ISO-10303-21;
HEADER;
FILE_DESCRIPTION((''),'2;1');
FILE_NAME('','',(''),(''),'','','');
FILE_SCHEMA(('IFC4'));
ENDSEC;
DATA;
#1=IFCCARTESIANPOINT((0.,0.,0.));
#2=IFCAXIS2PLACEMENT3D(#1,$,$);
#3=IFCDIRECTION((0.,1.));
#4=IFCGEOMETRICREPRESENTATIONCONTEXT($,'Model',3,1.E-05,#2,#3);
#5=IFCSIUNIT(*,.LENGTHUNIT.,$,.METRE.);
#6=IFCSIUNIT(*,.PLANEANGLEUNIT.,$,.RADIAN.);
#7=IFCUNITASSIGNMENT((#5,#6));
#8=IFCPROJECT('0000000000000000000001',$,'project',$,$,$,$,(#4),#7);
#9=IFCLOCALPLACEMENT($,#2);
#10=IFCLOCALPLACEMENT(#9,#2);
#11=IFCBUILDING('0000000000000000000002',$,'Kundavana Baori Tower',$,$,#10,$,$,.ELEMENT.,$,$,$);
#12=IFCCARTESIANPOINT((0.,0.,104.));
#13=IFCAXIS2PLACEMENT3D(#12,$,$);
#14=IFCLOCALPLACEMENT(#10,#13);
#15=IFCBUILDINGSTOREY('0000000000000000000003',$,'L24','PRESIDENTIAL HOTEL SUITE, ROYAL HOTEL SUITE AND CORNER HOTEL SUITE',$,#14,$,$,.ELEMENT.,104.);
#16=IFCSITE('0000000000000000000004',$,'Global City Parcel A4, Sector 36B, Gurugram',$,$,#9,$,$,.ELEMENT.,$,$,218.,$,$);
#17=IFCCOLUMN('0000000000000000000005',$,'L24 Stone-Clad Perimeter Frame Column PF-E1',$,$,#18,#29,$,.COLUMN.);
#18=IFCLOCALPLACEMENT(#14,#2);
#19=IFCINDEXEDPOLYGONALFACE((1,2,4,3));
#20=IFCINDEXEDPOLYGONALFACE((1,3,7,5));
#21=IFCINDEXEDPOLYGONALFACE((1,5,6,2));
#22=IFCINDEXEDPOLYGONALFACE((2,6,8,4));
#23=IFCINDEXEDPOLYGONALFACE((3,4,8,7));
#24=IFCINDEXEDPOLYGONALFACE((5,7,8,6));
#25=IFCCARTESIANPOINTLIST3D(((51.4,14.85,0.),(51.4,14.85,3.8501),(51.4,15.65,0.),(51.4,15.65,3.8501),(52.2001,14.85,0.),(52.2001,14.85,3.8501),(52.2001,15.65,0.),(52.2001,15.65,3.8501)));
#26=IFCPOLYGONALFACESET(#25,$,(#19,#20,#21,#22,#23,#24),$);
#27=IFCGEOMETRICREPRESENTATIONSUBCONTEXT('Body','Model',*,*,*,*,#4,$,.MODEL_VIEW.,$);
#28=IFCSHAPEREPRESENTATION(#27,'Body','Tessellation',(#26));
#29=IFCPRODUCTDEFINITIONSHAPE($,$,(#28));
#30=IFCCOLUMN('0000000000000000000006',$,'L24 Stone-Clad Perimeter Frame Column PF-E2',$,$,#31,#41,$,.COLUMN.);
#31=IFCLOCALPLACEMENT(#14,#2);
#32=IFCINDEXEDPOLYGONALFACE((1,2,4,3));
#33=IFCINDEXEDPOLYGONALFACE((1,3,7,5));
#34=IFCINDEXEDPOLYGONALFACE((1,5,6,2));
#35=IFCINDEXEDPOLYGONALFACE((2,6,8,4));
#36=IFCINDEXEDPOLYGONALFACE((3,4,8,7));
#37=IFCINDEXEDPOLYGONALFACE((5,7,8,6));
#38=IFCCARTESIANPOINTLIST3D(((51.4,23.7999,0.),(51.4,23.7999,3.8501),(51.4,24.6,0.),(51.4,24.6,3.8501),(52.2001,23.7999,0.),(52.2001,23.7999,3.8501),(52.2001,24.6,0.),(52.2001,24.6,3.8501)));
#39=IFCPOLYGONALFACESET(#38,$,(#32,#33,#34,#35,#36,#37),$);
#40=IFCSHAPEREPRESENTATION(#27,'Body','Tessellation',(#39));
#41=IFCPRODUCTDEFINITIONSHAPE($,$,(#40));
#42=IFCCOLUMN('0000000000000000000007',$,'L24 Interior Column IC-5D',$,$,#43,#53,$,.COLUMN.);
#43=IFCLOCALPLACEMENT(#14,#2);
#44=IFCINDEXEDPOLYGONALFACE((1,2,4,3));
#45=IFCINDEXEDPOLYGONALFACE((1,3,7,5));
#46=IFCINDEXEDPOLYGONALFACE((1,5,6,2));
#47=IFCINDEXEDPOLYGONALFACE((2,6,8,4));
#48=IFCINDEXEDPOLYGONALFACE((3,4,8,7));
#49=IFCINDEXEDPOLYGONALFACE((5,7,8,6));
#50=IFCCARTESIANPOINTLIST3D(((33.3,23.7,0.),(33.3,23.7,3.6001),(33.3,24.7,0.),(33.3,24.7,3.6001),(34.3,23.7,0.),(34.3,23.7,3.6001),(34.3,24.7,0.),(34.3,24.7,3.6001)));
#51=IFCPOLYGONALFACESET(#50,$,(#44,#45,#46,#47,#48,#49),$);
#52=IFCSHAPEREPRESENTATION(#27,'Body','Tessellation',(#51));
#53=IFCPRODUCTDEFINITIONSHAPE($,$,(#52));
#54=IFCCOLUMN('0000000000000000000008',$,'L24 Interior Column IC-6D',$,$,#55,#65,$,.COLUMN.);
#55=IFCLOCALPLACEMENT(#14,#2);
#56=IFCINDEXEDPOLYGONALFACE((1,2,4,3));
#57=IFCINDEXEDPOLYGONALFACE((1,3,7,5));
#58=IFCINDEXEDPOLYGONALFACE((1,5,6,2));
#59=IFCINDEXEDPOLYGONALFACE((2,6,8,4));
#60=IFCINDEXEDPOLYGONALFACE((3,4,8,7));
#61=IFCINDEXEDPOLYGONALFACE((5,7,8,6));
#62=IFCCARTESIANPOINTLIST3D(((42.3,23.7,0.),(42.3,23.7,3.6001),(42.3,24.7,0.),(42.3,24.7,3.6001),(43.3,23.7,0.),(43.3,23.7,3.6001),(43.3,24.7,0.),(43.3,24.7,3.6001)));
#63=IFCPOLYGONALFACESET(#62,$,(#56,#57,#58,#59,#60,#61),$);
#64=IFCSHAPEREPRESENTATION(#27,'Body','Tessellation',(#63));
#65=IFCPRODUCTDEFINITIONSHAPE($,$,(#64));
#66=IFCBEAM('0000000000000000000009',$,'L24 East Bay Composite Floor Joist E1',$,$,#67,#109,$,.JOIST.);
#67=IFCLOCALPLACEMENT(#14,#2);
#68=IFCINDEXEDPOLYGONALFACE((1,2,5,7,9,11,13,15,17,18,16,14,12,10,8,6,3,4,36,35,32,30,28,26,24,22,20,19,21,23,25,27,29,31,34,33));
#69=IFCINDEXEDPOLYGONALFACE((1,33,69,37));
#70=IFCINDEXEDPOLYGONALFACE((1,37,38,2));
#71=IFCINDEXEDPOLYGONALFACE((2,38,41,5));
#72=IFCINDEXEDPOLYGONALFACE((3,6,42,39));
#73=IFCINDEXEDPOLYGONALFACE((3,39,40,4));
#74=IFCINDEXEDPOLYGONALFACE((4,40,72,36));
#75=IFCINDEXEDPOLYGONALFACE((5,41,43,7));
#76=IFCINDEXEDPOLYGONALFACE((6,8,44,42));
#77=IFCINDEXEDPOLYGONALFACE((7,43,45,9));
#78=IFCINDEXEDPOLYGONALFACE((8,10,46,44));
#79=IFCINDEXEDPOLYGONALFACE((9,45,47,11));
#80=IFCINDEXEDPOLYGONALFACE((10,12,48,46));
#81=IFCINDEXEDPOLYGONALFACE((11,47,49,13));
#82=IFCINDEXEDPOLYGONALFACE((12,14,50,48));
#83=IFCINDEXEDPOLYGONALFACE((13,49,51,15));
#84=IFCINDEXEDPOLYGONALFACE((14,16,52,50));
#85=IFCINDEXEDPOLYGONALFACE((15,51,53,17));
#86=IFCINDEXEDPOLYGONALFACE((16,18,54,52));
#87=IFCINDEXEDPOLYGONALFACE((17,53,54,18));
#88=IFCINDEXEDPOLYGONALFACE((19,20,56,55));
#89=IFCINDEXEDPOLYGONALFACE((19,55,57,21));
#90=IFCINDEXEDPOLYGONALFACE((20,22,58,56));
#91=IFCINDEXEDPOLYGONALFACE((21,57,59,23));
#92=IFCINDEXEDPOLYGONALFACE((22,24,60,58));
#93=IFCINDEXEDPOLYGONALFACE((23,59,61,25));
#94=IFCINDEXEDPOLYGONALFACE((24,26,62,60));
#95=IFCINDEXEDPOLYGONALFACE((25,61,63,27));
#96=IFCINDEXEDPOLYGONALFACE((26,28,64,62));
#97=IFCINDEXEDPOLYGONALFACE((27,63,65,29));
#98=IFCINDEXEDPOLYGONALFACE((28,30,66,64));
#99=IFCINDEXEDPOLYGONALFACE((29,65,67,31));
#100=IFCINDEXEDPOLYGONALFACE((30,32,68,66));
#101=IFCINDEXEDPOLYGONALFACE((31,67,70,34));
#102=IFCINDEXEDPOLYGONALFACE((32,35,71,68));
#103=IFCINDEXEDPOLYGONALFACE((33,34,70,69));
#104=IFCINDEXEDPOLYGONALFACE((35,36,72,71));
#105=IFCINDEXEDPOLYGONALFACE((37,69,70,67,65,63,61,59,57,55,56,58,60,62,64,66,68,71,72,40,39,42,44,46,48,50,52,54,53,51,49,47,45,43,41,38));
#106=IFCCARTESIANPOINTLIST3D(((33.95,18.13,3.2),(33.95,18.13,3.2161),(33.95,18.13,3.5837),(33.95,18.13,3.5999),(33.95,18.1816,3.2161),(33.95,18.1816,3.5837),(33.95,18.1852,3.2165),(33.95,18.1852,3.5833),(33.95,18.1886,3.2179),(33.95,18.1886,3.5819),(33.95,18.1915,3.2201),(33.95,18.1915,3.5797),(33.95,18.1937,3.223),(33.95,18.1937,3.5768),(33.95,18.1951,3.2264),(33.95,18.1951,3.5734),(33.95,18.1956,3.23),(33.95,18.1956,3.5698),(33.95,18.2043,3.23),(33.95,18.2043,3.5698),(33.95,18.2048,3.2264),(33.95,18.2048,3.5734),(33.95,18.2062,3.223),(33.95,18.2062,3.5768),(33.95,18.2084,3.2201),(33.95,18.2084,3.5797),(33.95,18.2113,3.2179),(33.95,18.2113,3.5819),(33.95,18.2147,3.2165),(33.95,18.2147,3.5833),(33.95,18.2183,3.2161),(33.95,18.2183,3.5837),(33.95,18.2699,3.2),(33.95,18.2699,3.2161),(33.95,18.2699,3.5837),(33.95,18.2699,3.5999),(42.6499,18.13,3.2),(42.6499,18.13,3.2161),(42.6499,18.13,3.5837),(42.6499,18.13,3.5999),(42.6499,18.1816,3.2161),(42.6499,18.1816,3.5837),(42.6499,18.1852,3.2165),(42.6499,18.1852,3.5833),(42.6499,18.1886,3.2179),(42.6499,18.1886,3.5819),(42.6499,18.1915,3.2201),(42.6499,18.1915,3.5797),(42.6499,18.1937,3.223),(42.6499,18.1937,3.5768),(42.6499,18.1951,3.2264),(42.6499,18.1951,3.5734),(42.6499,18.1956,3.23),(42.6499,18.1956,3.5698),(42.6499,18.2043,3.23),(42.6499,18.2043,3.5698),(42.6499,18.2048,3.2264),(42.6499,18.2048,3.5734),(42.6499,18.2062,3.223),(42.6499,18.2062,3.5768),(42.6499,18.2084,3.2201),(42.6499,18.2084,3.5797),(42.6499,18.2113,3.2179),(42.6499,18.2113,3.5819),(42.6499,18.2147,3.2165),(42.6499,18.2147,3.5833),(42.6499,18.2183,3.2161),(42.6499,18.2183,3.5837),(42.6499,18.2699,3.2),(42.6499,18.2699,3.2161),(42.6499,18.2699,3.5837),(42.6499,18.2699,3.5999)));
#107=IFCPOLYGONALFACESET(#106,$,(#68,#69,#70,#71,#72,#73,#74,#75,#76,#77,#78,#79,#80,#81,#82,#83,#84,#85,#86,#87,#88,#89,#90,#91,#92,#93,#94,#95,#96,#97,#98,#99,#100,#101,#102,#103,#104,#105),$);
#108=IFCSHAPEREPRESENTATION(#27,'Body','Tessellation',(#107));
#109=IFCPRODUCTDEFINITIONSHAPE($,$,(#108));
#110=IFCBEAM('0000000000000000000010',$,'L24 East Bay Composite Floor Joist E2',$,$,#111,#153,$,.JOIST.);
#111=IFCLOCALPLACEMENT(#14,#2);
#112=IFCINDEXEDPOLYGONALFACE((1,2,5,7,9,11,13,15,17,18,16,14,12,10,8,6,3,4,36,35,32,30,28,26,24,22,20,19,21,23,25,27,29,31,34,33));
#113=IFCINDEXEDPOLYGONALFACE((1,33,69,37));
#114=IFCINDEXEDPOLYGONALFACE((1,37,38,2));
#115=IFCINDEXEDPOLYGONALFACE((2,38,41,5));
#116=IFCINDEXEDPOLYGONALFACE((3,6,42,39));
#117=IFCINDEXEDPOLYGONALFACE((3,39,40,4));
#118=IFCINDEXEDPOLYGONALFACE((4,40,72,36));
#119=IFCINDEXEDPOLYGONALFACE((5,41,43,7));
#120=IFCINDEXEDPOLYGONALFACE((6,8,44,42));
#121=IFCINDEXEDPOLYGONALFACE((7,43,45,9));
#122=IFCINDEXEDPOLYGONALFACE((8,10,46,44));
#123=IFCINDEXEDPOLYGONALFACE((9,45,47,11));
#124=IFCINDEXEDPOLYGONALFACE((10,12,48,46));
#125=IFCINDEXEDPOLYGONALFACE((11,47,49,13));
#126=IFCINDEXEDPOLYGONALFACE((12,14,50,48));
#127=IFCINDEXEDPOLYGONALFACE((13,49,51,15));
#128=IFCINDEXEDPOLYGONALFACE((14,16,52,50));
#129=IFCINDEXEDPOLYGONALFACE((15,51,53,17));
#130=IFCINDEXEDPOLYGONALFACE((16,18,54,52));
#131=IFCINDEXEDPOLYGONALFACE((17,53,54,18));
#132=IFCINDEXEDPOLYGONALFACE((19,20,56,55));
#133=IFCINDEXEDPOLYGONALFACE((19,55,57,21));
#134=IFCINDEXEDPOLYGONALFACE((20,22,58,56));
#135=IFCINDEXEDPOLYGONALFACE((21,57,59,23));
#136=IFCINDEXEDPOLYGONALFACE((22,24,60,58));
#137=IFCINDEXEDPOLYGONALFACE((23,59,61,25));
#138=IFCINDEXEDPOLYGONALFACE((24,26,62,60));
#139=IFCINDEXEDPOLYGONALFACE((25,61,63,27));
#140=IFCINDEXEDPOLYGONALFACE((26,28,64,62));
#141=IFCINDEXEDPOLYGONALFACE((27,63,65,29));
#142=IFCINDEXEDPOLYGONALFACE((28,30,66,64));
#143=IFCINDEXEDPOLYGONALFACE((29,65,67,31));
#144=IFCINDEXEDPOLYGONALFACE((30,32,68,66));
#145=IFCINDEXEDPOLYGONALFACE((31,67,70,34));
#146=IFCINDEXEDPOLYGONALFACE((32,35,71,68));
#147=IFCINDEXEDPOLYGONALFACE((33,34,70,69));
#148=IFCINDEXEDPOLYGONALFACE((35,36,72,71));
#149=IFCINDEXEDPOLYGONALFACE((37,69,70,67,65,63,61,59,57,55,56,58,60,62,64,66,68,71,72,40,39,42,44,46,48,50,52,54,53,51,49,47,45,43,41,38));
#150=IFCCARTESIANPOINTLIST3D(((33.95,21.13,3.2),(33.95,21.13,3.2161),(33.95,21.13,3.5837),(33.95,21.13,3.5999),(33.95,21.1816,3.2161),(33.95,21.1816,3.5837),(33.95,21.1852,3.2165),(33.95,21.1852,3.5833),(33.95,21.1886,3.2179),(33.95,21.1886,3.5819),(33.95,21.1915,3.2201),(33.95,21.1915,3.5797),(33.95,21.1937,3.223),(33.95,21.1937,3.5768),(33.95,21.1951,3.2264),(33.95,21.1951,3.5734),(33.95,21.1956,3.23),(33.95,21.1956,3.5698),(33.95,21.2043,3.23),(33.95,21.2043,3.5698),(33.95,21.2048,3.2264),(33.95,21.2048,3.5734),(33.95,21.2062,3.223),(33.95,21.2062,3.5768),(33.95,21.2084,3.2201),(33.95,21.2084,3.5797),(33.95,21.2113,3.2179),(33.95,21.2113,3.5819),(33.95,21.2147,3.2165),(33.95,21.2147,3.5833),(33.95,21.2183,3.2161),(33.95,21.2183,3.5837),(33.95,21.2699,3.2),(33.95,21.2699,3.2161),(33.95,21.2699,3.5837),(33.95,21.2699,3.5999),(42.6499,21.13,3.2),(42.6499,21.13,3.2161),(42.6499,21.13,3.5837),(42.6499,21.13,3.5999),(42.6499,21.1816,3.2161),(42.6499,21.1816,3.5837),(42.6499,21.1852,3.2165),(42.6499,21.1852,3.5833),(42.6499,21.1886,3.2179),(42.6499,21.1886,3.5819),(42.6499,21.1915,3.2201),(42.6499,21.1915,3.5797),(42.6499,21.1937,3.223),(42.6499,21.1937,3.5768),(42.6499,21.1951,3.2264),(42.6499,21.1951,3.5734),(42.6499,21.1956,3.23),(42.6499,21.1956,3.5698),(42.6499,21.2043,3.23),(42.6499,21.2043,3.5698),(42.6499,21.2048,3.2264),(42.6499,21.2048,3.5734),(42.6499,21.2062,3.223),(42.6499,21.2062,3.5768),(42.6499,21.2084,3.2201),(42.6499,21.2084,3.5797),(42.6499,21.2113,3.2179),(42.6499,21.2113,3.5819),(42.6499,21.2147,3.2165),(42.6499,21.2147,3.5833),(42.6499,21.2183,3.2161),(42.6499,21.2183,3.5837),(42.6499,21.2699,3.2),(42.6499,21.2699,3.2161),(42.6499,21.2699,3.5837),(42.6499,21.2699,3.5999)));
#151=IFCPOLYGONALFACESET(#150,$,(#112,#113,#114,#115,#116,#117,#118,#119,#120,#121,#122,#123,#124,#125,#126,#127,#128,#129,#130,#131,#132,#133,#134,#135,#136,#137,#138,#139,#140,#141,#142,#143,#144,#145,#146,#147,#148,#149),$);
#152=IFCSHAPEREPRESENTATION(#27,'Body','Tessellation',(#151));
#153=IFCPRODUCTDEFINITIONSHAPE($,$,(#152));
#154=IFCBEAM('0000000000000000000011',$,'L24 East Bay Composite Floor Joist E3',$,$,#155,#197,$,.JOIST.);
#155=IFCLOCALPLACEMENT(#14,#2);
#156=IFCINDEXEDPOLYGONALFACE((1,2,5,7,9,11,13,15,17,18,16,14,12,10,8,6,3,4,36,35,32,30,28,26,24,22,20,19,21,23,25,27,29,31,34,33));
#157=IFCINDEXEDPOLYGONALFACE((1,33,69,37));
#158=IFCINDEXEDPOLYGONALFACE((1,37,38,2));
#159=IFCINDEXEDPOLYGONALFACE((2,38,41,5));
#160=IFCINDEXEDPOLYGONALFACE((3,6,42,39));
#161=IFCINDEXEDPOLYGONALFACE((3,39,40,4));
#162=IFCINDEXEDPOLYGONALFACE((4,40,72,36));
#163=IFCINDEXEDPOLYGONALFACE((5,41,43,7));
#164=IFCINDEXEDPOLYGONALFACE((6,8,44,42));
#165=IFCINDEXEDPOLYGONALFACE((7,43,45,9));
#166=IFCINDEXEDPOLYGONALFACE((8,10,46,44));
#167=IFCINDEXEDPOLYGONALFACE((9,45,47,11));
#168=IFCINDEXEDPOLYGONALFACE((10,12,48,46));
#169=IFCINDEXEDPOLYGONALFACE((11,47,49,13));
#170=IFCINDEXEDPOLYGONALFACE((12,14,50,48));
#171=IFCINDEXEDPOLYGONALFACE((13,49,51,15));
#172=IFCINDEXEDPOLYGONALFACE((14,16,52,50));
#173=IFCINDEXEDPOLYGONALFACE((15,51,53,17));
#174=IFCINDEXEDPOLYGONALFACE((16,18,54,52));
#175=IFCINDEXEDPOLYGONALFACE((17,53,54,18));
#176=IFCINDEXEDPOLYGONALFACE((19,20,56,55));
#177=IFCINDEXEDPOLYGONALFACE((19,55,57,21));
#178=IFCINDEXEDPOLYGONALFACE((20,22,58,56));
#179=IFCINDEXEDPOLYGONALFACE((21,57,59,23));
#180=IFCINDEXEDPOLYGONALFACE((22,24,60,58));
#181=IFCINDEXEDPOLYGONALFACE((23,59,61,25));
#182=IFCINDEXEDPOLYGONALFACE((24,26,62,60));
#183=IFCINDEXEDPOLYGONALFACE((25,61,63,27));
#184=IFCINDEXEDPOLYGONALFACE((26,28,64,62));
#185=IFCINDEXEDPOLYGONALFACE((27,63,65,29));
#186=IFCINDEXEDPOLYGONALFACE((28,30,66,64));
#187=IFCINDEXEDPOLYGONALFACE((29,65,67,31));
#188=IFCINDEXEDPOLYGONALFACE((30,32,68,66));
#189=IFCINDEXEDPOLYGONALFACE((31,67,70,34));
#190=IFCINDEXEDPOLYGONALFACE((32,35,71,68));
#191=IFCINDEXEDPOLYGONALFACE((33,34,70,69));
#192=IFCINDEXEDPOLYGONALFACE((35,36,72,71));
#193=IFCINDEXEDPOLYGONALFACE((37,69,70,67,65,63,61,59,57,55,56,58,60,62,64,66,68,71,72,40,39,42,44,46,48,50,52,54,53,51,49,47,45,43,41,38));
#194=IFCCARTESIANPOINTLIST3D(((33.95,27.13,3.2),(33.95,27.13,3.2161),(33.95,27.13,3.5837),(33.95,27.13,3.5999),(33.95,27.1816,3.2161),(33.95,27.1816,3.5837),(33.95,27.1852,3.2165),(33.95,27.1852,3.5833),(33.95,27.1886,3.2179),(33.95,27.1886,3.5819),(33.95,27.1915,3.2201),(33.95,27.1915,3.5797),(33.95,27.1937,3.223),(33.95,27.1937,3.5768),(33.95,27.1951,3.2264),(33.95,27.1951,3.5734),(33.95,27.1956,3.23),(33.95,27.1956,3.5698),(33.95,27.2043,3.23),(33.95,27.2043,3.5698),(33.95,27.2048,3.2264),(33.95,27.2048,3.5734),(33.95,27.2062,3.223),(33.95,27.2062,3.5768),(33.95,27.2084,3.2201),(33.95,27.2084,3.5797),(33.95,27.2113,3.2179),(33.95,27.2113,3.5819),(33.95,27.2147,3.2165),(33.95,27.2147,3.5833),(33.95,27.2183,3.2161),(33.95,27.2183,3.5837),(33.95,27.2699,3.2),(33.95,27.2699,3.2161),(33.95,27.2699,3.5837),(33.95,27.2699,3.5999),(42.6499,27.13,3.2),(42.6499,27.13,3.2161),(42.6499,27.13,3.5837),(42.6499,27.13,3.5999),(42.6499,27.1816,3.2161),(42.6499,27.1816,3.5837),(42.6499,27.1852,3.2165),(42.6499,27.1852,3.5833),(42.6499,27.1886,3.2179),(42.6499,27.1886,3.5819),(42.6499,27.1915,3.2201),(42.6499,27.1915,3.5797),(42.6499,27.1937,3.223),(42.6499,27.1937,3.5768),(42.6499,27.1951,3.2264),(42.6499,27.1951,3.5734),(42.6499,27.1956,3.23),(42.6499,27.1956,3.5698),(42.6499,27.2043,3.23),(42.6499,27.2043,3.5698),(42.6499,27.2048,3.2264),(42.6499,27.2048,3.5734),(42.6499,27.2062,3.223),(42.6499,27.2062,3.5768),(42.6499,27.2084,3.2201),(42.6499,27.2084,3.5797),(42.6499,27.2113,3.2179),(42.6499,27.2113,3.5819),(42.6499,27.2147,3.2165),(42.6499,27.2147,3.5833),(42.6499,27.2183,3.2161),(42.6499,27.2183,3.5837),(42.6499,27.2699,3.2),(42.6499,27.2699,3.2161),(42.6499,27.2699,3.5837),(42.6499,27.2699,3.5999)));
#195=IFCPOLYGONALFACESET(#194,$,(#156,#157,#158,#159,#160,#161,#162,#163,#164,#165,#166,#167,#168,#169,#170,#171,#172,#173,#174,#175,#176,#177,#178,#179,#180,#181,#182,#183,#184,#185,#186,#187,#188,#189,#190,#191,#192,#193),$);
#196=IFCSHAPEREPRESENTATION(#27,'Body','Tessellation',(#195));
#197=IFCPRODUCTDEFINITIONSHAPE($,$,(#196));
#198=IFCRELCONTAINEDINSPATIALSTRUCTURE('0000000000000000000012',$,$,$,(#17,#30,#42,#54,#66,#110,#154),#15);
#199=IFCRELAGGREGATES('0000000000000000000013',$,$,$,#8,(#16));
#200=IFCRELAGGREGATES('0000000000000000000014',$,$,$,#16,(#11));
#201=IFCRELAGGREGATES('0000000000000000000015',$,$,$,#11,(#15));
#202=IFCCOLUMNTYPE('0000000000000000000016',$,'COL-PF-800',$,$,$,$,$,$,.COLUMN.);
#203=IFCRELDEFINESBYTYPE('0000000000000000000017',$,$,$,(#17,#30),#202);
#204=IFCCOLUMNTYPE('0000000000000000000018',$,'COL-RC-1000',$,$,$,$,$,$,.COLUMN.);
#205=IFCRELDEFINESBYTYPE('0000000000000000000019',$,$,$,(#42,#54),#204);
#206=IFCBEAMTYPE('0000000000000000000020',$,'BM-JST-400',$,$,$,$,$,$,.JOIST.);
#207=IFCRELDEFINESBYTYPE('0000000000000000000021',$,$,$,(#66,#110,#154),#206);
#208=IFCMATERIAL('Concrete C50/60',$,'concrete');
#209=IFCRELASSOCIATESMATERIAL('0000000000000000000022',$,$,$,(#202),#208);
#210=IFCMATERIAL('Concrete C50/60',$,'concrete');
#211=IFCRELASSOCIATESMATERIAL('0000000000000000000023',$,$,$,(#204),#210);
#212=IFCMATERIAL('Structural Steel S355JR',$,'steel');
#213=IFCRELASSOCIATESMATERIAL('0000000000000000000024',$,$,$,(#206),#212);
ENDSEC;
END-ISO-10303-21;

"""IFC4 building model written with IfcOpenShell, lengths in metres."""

from ifc_helpers import new_model, si_unit, direction, frame, origin, origin_2d, place, context, subcontext, project, spatial, rectangle, i_section, extrude, material, material_profile, profile_set, type_object, element, save


model = new_model("IFC4")

# Units and contexts
model_context = context("Model", 3, precision=1e-05, world=origin(), true_north=direction((0.0, 1.0)))
body_context = subcontext(model_context, "Body", "Model", "MODEL_VIEW")
ifc_project = project(units=[si_unit("LENGTHUNIT", "METRE"), si_unit("PLANEANGLEUNIT", "RADIAN")], contexts=[model_context])

# Site, building, storey
site_placement = place(None, origin())
site = spatial("IfcSite", under=ifc_project, at=site_placement, Name="Global City Parcel A4, Sector 36B, Gurugram", CompositionType="ELEMENT", RefElevation=218.0)
building_placement = place(site_placement, origin())
building = spatial("IfcBuilding", under=site, at=building_placement, Name="Kundavana Baori Tower", CompositionType="ELEMENT")
storey_placement = place(building_placement, frame((0.0, 0.0, 104.0)))
storey = spatial("IfcBuildingStorey", under=building, at=storey_placement, Name="L24", Description="PRESIDENTIAL HOTEL SUITE, ROYAL HOTEL SUITE AND CORNER HOTEL SUITE", CompositionType="ELEMENT", Elevation=104.0)

# Columns
ifc_material_1 = material(Name="Concrete C50/60", Category="concrete")
ifc_material_profile_1 = material_profile(ifc_material_1, rectangle(XDim=0.8, YDim=0.8, at=origin_2d()), Name="RC PF 800x800")
ifc_profile_set_1 = profile_set([ifc_material_profile_1], Name="Concrete C50/60")
column_type_1 = type_object("IfcColumnType", Name="COL-PF-800", PredefinedType="COLUMN", material=ifc_profile_set_1)
for number, where, z_axis, x_axis, name in (
    (1, (51.8, 15.25, 0.0), (0.0, 0.0, 1.0), (1.0, 0.0, 0.0), "L24 Stone-Clad Perimeter Frame Column PF-E1"),
    (2, (51.8, 24.2, 0.0), (0.0, 0.0, 1.0), (1.0, 0.0, 0.0), "L24 Stone-Clad Perimeter Frame Column PF-E2"),
):
    element("IfcColumn", number, at=place(storey_placement, frame(where, z_axis=z_axis, x_axis=x_axis)), inside=storey, type_object=column_type_1, Name=name, PredefinedType="COLUMN", context=body_context, shape_type="SweptSolid", body=[
        extrude(rectangle(XDim=0.8, YDim=0.8, at=origin_2d()), origin(), (0.0, 0.0, 1.0), 3.8501),
    ])
ifc_material_2 = material(Name="Concrete C50/60", Category="concrete")
ifc_material_profile_2 = material_profile(ifc_material_2, rectangle(XDim=1.0, YDim=1.0, at=origin_2d()), Name="RC 1000x1000")
ifc_profile_set_2 = profile_set([ifc_material_profile_2], Name="Concrete C50/60")
column_type_2 = type_object("IfcColumnType", Name="COL-RC-1000", PredefinedType="COLUMN", material=ifc_profile_set_2)
for number, where, z_axis, x_axis, name in (
    (3, (33.8, 24.2, 0.0), (0.0, 0.0, 1.0), (1.0, 0.0, 0.0), "L24 Interior Column IC-5D"),
    (4, (42.8, 24.2, 0.0), (0.0, 0.0, 1.0), (1.0, 0.0, 0.0), "L24 Interior Column IC-6D"),
):
    element("IfcColumn", number, at=place(storey_placement, frame(where, z_axis=z_axis, x_axis=x_axis)), inside=storey, type_object=column_type_2, Name=name, PredefinedType="COLUMN", context=body_context, shape_type="SweptSolid", body=[
        extrude(rectangle(XDim=1.0, YDim=1.0, at=origin_2d()), origin(), (0.0, 0.0, 1.0), 3.6001),
    ])

# Beams
ifc_material_3 = material(Name="Structural Steel S355JR", Category="steel")
ifc_material_profile_3 = material_profile(ifc_material_3, i_section(OverallWidth=0.1399, OverallDepth=0.3999, WebThickness=0.0088, FlangeThickness=0.0161, FilletRadius=0.0139, at=origin_2d()), Name="ISMB 400")
ifc_profile_set_3 = profile_set([ifc_material_profile_3], Name="Structural Steel S355JR")
beam_type_1 = type_object("IfcBeamType", Name="BM-JST-400", PredefinedType="JOIST", material=ifc_profile_set_3)
for number, where, z_axis, x_axis, name in (
    (5, (33.95, 18.2, 3.3999), (1.0, 0.0, 0.0), (0.0, 1.0, 0.0), "L24 East Bay Composite Floor Joist E1"),
    (6, (33.95, 21.2, 3.3999), (1.0, 0.0, 0.0), (0.0, 1.0, 0.0), "L24 East Bay Composite Floor Joist E2"),
    (7, (33.95, 27.2, 3.3999), (1.0, 0.0, 0.0), (0.0, 1.0, 0.0), "L24 East Bay Composite Floor Joist E3"),
):
    element("IfcBeam", number, at=place(storey_placement, frame(where, z_axis=z_axis, x_axis=x_axis)), inside=storey, type_object=beam_type_1, Name=name, PredefinedType="JOIST", context=body_context, shape_type="SweptSolid", body=[
        extrude(i_section(OverallWidth=0.1399, OverallDepth=0.3999, WebThickness=0.0088, FlangeThickness=0.0161, FilletRadius=0.0139, at=origin_2d()), origin(), (0.0, 0.0, 1.0), 8.7),
    ])

save(model, "model.ifc")
